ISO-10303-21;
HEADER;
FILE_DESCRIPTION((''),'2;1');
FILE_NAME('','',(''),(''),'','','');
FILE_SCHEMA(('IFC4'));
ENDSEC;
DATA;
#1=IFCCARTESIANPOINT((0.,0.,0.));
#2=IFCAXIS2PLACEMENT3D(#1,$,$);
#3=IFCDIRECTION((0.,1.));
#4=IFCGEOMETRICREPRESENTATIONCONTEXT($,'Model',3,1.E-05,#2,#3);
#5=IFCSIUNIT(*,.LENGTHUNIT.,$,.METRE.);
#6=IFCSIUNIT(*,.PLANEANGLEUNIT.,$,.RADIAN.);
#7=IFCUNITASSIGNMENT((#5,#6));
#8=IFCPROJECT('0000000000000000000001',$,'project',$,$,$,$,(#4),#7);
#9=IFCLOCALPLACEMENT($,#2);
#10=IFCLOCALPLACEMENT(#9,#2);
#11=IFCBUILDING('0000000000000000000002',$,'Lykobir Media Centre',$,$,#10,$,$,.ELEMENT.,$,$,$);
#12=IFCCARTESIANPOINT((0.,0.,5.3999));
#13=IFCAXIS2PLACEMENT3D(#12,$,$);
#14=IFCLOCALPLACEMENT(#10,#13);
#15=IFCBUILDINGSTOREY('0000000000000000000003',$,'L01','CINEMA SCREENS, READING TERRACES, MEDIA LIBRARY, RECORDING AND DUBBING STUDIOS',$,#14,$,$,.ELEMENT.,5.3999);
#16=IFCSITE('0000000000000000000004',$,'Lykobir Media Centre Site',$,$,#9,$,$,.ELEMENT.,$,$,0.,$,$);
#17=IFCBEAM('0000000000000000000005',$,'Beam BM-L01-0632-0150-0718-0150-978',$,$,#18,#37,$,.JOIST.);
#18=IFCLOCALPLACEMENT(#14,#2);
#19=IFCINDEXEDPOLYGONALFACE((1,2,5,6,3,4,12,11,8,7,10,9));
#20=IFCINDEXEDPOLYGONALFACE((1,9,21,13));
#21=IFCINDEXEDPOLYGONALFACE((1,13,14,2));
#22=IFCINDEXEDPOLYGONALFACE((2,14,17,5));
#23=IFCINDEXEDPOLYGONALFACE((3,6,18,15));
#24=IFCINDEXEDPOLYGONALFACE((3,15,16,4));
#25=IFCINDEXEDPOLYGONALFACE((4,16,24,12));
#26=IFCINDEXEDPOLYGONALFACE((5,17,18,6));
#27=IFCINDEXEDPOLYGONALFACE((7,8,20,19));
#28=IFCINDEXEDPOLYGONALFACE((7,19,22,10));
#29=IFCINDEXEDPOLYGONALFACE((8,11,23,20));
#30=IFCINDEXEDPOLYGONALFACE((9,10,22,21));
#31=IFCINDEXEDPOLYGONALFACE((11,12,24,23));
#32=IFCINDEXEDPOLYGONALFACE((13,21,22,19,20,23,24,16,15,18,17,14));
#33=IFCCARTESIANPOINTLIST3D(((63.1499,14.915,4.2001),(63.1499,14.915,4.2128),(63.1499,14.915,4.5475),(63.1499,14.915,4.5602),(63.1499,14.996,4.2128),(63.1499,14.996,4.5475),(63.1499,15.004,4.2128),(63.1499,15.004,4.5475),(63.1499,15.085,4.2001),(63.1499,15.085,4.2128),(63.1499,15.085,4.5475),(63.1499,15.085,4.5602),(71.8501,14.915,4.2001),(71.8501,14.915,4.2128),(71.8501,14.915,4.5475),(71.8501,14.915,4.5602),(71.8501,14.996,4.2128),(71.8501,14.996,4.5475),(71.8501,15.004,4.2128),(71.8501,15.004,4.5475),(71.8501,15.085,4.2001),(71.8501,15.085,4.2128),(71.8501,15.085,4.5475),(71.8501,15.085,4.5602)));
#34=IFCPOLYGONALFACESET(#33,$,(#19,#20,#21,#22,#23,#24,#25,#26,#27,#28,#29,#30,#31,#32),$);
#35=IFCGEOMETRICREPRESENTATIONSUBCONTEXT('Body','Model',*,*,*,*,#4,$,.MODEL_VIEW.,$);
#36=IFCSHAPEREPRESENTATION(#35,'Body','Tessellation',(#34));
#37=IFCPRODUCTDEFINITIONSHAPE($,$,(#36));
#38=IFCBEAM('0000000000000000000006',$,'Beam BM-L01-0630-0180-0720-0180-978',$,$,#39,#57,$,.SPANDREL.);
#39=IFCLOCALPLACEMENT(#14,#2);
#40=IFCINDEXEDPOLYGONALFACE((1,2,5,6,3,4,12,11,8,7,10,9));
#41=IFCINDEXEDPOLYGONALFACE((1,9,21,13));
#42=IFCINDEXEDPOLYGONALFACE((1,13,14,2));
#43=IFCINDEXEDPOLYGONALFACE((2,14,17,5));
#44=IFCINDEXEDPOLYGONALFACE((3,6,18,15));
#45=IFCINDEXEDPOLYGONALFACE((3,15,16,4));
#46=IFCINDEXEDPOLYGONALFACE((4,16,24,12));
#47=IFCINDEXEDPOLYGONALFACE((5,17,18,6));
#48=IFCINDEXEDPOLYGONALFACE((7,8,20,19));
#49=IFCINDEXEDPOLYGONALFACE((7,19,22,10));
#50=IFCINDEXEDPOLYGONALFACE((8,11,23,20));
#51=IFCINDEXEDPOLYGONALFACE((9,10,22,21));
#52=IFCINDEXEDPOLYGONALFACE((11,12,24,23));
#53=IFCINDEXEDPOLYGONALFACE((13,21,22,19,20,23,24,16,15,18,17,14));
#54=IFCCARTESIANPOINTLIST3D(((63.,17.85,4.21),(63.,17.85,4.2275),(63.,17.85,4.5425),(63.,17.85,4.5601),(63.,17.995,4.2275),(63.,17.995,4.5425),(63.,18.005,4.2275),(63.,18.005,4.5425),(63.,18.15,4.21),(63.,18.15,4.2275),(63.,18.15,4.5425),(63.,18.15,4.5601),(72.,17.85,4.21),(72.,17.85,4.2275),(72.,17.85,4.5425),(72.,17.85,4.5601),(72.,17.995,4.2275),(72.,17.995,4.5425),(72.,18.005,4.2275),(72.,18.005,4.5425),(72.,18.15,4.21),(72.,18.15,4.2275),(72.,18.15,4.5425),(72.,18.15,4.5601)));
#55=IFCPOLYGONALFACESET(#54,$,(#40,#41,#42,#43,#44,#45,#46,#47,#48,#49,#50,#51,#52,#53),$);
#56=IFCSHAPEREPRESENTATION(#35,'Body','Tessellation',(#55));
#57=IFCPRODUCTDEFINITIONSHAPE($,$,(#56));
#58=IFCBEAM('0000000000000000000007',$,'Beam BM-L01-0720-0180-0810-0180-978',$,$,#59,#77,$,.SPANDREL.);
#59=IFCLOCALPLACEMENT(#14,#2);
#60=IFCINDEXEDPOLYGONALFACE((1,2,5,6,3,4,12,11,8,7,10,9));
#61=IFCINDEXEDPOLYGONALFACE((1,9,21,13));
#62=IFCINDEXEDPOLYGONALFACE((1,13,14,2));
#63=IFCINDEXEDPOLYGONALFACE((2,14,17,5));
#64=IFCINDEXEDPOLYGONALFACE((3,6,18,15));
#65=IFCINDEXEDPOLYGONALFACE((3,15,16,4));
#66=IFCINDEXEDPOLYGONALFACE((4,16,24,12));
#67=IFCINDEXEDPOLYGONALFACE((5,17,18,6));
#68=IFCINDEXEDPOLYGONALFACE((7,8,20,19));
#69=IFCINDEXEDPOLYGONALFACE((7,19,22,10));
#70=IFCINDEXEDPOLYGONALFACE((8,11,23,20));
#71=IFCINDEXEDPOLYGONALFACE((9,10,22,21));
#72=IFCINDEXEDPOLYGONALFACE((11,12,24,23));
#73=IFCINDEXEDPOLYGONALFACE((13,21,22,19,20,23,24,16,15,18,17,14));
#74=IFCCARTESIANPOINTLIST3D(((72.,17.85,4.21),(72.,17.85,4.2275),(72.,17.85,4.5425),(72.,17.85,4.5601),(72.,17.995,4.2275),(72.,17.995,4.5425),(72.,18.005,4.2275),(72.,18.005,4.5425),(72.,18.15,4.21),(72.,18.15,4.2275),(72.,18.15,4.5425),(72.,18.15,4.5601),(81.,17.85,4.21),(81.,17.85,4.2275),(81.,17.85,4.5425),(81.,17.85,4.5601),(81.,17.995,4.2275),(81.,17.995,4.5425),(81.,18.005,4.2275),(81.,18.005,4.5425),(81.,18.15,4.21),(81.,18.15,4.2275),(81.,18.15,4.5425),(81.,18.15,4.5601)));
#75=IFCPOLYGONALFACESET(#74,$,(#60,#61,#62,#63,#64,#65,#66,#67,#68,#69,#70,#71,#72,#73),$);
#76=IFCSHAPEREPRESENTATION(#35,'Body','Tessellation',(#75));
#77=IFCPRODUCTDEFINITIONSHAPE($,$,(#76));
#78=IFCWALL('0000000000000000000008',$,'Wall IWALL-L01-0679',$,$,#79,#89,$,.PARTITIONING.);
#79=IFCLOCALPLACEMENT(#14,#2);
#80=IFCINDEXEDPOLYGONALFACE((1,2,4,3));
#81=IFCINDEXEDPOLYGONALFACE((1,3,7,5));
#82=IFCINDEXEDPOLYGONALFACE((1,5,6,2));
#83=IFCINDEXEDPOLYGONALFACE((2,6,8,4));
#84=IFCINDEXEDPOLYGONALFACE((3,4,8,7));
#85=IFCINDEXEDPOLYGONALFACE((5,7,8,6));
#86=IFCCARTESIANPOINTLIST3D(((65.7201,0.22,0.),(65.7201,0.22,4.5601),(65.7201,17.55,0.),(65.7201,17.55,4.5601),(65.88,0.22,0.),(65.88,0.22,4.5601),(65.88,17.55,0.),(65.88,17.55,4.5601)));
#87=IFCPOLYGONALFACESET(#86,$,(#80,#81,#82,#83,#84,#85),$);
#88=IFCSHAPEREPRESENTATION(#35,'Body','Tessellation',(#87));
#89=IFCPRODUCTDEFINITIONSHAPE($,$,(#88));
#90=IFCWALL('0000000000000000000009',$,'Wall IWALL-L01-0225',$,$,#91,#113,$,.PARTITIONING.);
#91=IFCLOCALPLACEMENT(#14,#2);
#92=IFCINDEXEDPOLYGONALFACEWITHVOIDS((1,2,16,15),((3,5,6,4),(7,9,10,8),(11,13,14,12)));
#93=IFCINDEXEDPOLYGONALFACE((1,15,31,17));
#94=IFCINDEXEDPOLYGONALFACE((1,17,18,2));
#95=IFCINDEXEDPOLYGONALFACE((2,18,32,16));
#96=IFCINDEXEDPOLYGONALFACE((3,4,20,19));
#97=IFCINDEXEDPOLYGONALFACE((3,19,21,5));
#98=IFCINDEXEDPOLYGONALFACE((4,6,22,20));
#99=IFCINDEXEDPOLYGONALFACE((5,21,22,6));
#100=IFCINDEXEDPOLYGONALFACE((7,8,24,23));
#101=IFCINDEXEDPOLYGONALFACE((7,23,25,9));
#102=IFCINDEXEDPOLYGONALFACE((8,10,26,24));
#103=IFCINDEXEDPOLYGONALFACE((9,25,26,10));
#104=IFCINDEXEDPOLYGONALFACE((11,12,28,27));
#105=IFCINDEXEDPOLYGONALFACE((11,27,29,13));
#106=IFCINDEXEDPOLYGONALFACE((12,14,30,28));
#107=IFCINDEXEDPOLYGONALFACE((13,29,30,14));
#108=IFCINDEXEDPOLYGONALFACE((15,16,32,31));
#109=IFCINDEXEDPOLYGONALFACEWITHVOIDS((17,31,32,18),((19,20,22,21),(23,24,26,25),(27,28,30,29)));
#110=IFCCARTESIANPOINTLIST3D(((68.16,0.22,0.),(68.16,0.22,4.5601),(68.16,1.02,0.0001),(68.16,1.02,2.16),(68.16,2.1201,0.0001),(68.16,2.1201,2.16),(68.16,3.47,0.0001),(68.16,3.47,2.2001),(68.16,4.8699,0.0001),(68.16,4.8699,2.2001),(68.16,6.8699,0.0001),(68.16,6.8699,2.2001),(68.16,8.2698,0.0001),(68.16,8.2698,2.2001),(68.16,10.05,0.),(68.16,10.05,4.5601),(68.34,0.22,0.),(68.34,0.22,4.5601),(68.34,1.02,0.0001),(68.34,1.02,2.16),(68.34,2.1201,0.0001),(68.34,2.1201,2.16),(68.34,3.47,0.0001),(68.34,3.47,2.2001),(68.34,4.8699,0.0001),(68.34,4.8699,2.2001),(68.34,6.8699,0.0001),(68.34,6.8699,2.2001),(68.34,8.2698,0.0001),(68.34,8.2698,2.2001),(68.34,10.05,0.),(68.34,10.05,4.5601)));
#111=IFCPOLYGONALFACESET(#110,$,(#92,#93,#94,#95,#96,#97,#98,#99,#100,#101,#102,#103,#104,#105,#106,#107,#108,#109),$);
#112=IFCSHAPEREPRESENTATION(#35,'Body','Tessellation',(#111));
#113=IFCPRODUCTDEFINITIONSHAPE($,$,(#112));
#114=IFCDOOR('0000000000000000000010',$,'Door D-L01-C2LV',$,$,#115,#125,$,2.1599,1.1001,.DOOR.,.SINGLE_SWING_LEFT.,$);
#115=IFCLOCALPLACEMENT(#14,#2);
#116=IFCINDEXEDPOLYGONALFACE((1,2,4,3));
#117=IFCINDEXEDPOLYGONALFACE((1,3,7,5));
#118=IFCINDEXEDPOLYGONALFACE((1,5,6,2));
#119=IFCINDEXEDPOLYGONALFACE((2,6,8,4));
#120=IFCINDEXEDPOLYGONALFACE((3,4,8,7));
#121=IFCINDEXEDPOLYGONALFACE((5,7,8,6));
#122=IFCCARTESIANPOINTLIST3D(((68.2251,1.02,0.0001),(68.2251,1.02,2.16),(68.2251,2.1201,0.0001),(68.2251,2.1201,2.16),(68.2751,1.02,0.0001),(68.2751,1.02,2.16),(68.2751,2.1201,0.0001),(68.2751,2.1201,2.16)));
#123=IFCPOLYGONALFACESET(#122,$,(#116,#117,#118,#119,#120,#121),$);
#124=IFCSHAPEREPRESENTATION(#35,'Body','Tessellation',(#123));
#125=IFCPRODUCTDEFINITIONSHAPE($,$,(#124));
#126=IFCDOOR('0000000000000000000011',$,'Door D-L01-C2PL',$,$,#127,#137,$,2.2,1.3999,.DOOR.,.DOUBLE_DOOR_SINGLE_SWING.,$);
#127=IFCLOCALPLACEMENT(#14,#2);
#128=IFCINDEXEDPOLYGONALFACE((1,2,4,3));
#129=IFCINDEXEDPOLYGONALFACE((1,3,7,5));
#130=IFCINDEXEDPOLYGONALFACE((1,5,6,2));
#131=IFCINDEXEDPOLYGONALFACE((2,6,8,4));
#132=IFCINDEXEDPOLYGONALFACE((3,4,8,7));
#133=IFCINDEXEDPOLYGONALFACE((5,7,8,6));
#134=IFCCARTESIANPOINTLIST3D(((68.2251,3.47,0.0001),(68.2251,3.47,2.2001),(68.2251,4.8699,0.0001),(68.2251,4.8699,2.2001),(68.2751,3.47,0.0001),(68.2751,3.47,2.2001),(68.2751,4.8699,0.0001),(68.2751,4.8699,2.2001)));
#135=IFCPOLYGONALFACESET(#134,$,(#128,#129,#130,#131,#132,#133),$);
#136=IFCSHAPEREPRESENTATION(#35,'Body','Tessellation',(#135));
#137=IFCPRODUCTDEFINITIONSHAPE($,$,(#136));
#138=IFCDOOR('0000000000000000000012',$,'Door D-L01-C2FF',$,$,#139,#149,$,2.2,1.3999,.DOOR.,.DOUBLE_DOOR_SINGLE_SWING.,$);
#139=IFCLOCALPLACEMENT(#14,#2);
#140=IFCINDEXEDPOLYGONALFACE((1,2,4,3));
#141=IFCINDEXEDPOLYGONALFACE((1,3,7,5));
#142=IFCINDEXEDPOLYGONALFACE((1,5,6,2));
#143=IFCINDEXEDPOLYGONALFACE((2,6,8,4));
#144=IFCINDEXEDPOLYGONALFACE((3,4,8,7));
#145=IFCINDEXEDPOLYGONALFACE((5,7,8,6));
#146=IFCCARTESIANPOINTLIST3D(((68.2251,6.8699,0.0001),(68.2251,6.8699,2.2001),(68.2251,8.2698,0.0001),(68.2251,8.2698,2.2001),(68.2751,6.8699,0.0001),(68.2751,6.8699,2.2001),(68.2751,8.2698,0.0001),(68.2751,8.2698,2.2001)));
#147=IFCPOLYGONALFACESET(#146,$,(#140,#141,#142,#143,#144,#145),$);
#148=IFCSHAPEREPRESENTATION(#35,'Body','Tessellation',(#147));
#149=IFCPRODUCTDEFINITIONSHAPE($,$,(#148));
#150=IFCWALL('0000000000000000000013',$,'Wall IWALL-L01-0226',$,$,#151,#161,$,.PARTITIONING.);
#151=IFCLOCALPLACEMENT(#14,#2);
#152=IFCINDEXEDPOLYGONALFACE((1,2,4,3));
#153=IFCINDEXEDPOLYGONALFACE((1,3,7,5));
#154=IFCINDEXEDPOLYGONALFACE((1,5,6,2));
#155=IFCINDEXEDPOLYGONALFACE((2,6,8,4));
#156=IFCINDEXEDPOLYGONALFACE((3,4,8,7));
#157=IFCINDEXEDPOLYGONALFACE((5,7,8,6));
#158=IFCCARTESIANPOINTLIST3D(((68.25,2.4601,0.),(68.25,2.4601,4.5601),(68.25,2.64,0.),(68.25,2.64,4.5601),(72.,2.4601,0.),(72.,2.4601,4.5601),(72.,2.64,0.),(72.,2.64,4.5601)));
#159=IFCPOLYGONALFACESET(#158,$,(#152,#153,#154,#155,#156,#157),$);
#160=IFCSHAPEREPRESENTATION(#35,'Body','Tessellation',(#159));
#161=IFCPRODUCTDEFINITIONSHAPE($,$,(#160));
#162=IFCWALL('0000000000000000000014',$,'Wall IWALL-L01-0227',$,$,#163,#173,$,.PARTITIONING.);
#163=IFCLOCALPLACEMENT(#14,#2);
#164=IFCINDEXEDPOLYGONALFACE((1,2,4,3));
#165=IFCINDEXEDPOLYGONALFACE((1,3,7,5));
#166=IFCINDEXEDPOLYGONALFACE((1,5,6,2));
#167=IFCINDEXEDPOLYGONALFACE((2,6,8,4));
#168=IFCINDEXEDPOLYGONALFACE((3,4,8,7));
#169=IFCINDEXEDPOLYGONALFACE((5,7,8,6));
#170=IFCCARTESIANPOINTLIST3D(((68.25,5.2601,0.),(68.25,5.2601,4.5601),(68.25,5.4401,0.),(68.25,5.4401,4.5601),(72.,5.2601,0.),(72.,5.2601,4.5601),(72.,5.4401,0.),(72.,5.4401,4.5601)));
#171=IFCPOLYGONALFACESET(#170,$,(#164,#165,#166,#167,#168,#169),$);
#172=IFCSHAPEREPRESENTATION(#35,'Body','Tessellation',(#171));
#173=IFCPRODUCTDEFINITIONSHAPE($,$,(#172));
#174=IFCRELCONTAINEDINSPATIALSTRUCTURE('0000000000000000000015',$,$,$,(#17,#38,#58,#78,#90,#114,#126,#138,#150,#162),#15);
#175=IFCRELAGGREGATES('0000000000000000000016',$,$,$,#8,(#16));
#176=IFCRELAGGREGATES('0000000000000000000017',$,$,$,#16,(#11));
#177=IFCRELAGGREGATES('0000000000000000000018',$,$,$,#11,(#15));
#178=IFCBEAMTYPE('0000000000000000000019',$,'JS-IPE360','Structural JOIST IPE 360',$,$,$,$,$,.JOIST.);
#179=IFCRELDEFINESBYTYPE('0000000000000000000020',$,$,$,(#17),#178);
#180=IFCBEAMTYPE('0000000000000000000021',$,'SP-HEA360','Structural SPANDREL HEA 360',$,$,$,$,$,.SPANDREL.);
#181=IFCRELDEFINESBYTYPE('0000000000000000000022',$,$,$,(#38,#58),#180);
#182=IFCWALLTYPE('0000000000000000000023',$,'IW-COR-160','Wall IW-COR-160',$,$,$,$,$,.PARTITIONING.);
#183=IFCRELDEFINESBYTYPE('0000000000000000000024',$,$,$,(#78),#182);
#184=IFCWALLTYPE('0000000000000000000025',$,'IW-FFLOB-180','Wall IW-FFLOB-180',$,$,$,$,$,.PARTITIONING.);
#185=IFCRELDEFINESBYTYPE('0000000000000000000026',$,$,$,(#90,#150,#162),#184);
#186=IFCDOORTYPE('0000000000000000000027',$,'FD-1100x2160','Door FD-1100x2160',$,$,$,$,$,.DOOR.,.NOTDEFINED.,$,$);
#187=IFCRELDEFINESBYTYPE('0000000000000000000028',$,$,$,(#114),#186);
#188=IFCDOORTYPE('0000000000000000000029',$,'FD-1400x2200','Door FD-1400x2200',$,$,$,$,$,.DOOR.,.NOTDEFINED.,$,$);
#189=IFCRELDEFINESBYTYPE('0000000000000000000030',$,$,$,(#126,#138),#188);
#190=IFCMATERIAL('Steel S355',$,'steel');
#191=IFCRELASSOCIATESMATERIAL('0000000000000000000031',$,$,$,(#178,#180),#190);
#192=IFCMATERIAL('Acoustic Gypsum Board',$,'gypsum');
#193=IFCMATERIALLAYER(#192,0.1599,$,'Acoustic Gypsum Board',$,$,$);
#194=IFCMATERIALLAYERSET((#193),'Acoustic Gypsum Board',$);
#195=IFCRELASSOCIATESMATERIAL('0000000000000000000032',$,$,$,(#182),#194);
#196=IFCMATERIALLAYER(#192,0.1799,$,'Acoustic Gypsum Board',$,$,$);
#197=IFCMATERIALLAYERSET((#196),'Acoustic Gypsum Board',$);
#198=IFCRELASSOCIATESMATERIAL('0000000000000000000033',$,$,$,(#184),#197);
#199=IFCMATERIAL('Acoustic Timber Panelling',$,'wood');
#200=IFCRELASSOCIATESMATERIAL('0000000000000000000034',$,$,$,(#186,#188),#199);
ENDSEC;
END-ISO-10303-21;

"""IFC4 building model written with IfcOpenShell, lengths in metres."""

from ifc_helpers import new_model, si_unit, direction, frame, frame_2d, origin, origin_2d, place, context, subcontext, project, spatial, rectangle, i_section, extrude, material, layer, layer_set, material_profile, profile_set, type_object, element, fill, save


model = new_model("IFC4")

# Units and contexts
model_context = context("Model", 3, precision=1e-05, world=origin(), true_north=direction((0.0, 1.0)))
body_context = subcontext(model_context, "Body", "Model", "MODEL_VIEW")
ifc_project = project(units=[si_unit("LENGTHUNIT", "METRE"), si_unit("PLANEANGLEUNIT", "RADIAN")], contexts=[model_context])

# Site, building, storey
site_placement = place(None, origin())
site = spatial("IfcSite", under=ifc_project, at=site_placement, Name="Lykobir Media Centre Site", CompositionType="ELEMENT", RefElevation=0.0)
building_placement = place(site_placement, origin())
building = spatial("IfcBuilding", under=site, at=building_placement, Name="Lykobir Media Centre", CompositionType="ELEMENT")
storey_placement = place(building_placement, frame((0.0, 0.0, 5.3999)))
storey = spatial("IfcBuildingStorey", under=building, at=storey_placement, Name="L01", Description="CINEMA SCREENS, READING TERRACES, MEDIA LIBRARY, RECORDING AND DUBBING STUDIOS", CompositionType="ELEMENT", Elevation=5.3999)

# Shared definitions
ifc_material_1 = material(Name="Steel S355", Category="steel")

# Beams
ifc_material_profile_1 = material_profile(ifc_material_1, i_section(OverallWidth=0.1699, OverallDepth=0.3601, WebThickness=0.0081, FlangeThickness=0.0127, at=origin_2d()), Name="IPE 360")
ifc_profile_set_1 = profile_set([ifc_material_profile_1], Name="Steel S355")
beam_type_1 = type_object("IfcBeamType", Name="JS-IPE360", Description="Structural JOIST IPE 360", PredefinedType="JOIST", material=ifc_profile_set_1)
for number, where, z_axis, x_axis, name in (
    (1, (63.1499, 15.0, 4.3801), (1.0, 0.0, 0.0), (0.0, 1.0, 0.0), "Beam BM-L01-0632-0150-0718-0150-978"),
):
    element("IfcBeam", number, at=place(storey_placement, frame(where, z_axis=z_axis, x_axis=x_axis)), inside=storey, type_object=beam_type_1, Name=name, PredefinedType="JOIST", context=body_context, shape_type="SweptSolid", body=[
        extrude(i_section(OverallWidth=0.1699, OverallDepth=0.3601, WebThickness=0.0081, FlangeThickness=0.0127, at=origin_2d()), origin(), (0.0, 0.0, 1.0), 8.7002),
    ])
ifc_material_profile_2 = material_profile(ifc_material_1, i_section(OverallWidth=0.3, OverallDepth=0.3501, WebThickness=0.01, FlangeThickness=0.0176, at=origin_2d()), Name="HEA 360")
ifc_profile_set_2 = profile_set([ifc_material_profile_2], Name="Steel S355")
beam_type_2 = type_object("IfcBeamType", Name="SP-HEA360", Description="Structural SPANDREL HEA 360", PredefinedType="SPANDREL", material=ifc_profile_set_2)
for number, where, z_axis, x_axis, name in (
    (2, (63.0, 18.0, 4.385), (1.0, 0.0, 0.0), (0.0, 1.0, 0.0), "Beam BM-L01-0630-0180-0720-0180-978"),
    (3, (72.0, 18.0, 4.385), (1.0, 0.0, 0.0), (0.0, 1.0, 0.0), "Beam BM-L01-0720-0180-0810-0180-978"),
):
    element("IfcBeam", number, at=place(storey_placement, frame(where, z_axis=z_axis, x_axis=x_axis)), inside=storey, type_object=beam_type_2, Name=name, PredefinedType="SPANDREL", context=body_context, shape_type="SweptSolid", body=[
        extrude(i_section(OverallWidth=0.3, OverallDepth=0.3501, WebThickness=0.01, FlangeThickness=0.0176, at=origin_2d()), origin(), (0.0, 0.0, 1.0), 9.0),
    ])

# Wall
ifc_material_2 = material(Name="Acoustic Gypsum Board", Category="gypsum")
ifc_layer_1 = layer(ifc_material_2, 0.1599, Name="Acoustic Gypsum Board")
ifc_layer_set_1 = layer_set([ifc_layer_1], Name="Acoustic Gypsum Board")
wall_type_1 = type_object("IfcWallType", Name="IW-COR-160", Description="Wall IW-COR-160", PredefinedType="PARTITIONING", material=ifc_layer_set_1)
wall_1_placement = place(storey_placement, frame((65.8, 0.22, 0.0), z_axis=(0.0, 0.0, 1.0), x_axis=(0.0, 1.0, 0.0)))
element("IfcWall", 4, at=wall_1_placement, inside=storey, type_object=wall_type_1, Name="Wall IWALL-L01-0679", PredefinedType="PARTITIONING", context=body_context, shape_type="SweptSolid", body=[
    extrude(rectangle(XDim=17.3301, YDim=0.1599, at=frame_2d((8.665, 0.0))), origin(), (0.0, 0.0, 1.0), 4.5601),
])

# Wall, openings, doors
ifc_layer_2 = layer(ifc_material_2, 0.1799, Name="Acoustic Gypsum Board")
ifc_layer_set_2 = layer_set([ifc_layer_2], Name="Acoustic Gypsum Board")
wall_type_2 = type_object("IfcWallType", Name="IW-FFLOB-180", Description="Wall IW-FFLOB-180", PredefinedType="PARTITIONING", material=ifc_layer_set_2)
wall_2_placement = place(storey_placement, frame((68.25, 0.22, 0.0), z_axis=(0.0, 0.0, 1.0), x_axis=(0.0, 1.0, 0.0)))
wall_2 = element("IfcWall", 5, at=wall_2_placement, inside=storey, type_object=wall_type_2, Name="Wall IWALL-L01-0225", PredefinedType="PARTITIONING", context=body_context, shape_type="SweptSolid", body=[
    extrude(rectangle(XDim=9.8301, YDim=0.1799, at=frame_2d((4.915, 0.0))), origin(), (0.0, 0.0, 1.0), 4.5601),
])
opening_1_placement = place(wall_2_placement, frame((0.8, 0.0, 0.0)))
opening_1 = element("IfcOpeningElement", 6, at=opening_1_placement, cuts=wall_2, PredefinedType="OPENING", context=body_context, shape_type="SweptSolid", body=[
    extrude(rectangle(XDim=1.1001, YDim=2.1599, at=frame_2d((0.55, 1.0801))), frame((0.0, 0.0999, 0.0), z_axis=(0.0, -1.0, 0.0), x_axis=(1.0, 0.0, 0.0)), (0.0, 0.0, 1.0), 0.2),
])
opening_2_placement = place(wall_2_placement, frame((3.25, 0.0, 0.0)))
opening_2 = element("IfcOpeningElement", 7, at=opening_2_placement, cuts=wall_2, PredefinedType="OPENING", context=body_context, shape_type="SweptSolid", body=[
    extrude(rectangle(XDim=1.3999, YDim=2.2, at=frame_2d((0.7, 1.1001))), frame((0.0, 0.0999, 0.0), z_axis=(0.0, -1.0, 0.0), x_axis=(1.0, 0.0, 0.0)), (0.0, 0.0, 1.0), 0.2),
])
opening_3_placement = place(wall_2_placement, frame((6.6499, 0.0, 0.0)))
opening_3 = element("IfcOpeningElement", 8, at=opening_3_placement, cuts=wall_2, PredefinedType="OPENING", context=body_context, shape_type="SweptSolid", body=[
    extrude(rectangle(XDim=1.3999, YDim=2.2, at=frame_2d((0.7, 1.1001))), frame((0.0, 0.0999, 0.0), z_axis=(0.0, -1.0, 0.0), x_axis=(1.0, 0.0, 0.0)), (0.0, 0.0, 1.0), 0.2),
])
ifc_material_3 = material(Name="Acoustic Timber Panelling", Category="wood")
door_type_1 = type_object("IfcDoorType", Name="FD-1100x2160", Description="Door FD-1100x2160", OperationType="NOTDEFINED", PredefinedType="DOOR", material=ifc_material_3)
door_1_placement = place(opening_1_placement, origin())
door_1 = element("IfcDoor", 9, at=door_1_placement, inside=storey, type_object=door_type_1, Name="Door D-L01-C2LV", OperationType="SINGLE_SWING_LEFT", OverallHeight=2.1599, OverallWidth=1.1001, PredefinedType="DOOR", context=body_context, shape_type="SweptSolid", body=[
    extrude(rectangle(XDim=1.1001, YDim=2.1599, at=frame_2d((0.55, 1.0801))), frame((0.0, 0.0249, 0.0), z_axis=(0.0, -1.0, 0.0), x_axis=(1.0, 0.0, 0.0)), (0.0, 0.0, 1.0), 0.05),
])
fill(opening_1, door_1)
door_type_2 = type_object("IfcDoorType", Name="FD-1400x2200", Description="Door FD-1400x2200", OperationType="NOTDEFINED", PredefinedType="DOOR", material=ifc_material_3)
door_2_placement = place(opening_2_placement, origin())
door_2 = element("IfcDoor", 10, at=door_2_placement, inside=storey, type_object=door_type_2, Name="Door D-L01-C2PL", OperationType="DOUBLE_DOOR_SINGLE_SWING", OverallHeight=2.2, OverallWidth=1.3999, PredefinedType="DOOR", context=body_context, shape_type="SweptSolid", body=[
    extrude(rectangle(XDim=1.3999, YDim=2.2, at=frame_2d((0.7, 1.1001))), frame((0.0, 0.0249, 0.0), z_axis=(0.0, -1.0, 0.0), x_axis=(1.0, 0.0, 0.0)), (0.0, 0.0, 1.0), 0.05),
])
fill(opening_2, door_2)
door_3_placement = place(opening_3_placement, origin())
door_3 = element("IfcDoor", 11, at=door_3_placement, inside=storey, type_object=door_type_2, Name="Door D-L01-C2FF", OperationType="DOUBLE_DOOR_SINGLE_SWING", OverallHeight=2.2, OverallWidth=1.3999, PredefinedType="DOOR", context=body_context, shape_type="SweptSolid", body=[
    extrude(rectangle(XDim=1.3999, YDim=2.2, at=frame_2d((0.7, 1.1001))), frame((0.0, 0.0249, 0.0), z_axis=(0.0, -1.0, 0.0), x_axis=(1.0, 0.0, 0.0)), (0.0, 0.0, 1.0), 0.05),
])
fill(opening_3, door_3)

# Walls
for number, where, z_axis, x_axis, name in (
    (12, (68.25, 2.55, 0.0), (0.0, 0.0, 1.0), (1.0, 0.0, 0.0), "Wall IWALL-L01-0226"),
    (13, (68.25, 5.3501, 0.0), (0.0, 0.0, 1.0), (1.0, 0.0, 0.0), "Wall IWALL-L01-0227"),
):
    element("IfcWall", number, at=place(storey_placement, frame(where, z_axis=z_axis, x_axis=x_axis)), inside=storey, type_object=wall_type_2, Name=name, PredefinedType="PARTITIONING", context=body_context, shape_type="SweptSolid", body=[
        extrude(rectangle(XDim=3.75, YDim=0.1799, at=frame_2d((1.875, 0.0))), origin(), (0.0, 0.0, 1.0), 4.5601),
    ])

save(model, "model.ifc")
